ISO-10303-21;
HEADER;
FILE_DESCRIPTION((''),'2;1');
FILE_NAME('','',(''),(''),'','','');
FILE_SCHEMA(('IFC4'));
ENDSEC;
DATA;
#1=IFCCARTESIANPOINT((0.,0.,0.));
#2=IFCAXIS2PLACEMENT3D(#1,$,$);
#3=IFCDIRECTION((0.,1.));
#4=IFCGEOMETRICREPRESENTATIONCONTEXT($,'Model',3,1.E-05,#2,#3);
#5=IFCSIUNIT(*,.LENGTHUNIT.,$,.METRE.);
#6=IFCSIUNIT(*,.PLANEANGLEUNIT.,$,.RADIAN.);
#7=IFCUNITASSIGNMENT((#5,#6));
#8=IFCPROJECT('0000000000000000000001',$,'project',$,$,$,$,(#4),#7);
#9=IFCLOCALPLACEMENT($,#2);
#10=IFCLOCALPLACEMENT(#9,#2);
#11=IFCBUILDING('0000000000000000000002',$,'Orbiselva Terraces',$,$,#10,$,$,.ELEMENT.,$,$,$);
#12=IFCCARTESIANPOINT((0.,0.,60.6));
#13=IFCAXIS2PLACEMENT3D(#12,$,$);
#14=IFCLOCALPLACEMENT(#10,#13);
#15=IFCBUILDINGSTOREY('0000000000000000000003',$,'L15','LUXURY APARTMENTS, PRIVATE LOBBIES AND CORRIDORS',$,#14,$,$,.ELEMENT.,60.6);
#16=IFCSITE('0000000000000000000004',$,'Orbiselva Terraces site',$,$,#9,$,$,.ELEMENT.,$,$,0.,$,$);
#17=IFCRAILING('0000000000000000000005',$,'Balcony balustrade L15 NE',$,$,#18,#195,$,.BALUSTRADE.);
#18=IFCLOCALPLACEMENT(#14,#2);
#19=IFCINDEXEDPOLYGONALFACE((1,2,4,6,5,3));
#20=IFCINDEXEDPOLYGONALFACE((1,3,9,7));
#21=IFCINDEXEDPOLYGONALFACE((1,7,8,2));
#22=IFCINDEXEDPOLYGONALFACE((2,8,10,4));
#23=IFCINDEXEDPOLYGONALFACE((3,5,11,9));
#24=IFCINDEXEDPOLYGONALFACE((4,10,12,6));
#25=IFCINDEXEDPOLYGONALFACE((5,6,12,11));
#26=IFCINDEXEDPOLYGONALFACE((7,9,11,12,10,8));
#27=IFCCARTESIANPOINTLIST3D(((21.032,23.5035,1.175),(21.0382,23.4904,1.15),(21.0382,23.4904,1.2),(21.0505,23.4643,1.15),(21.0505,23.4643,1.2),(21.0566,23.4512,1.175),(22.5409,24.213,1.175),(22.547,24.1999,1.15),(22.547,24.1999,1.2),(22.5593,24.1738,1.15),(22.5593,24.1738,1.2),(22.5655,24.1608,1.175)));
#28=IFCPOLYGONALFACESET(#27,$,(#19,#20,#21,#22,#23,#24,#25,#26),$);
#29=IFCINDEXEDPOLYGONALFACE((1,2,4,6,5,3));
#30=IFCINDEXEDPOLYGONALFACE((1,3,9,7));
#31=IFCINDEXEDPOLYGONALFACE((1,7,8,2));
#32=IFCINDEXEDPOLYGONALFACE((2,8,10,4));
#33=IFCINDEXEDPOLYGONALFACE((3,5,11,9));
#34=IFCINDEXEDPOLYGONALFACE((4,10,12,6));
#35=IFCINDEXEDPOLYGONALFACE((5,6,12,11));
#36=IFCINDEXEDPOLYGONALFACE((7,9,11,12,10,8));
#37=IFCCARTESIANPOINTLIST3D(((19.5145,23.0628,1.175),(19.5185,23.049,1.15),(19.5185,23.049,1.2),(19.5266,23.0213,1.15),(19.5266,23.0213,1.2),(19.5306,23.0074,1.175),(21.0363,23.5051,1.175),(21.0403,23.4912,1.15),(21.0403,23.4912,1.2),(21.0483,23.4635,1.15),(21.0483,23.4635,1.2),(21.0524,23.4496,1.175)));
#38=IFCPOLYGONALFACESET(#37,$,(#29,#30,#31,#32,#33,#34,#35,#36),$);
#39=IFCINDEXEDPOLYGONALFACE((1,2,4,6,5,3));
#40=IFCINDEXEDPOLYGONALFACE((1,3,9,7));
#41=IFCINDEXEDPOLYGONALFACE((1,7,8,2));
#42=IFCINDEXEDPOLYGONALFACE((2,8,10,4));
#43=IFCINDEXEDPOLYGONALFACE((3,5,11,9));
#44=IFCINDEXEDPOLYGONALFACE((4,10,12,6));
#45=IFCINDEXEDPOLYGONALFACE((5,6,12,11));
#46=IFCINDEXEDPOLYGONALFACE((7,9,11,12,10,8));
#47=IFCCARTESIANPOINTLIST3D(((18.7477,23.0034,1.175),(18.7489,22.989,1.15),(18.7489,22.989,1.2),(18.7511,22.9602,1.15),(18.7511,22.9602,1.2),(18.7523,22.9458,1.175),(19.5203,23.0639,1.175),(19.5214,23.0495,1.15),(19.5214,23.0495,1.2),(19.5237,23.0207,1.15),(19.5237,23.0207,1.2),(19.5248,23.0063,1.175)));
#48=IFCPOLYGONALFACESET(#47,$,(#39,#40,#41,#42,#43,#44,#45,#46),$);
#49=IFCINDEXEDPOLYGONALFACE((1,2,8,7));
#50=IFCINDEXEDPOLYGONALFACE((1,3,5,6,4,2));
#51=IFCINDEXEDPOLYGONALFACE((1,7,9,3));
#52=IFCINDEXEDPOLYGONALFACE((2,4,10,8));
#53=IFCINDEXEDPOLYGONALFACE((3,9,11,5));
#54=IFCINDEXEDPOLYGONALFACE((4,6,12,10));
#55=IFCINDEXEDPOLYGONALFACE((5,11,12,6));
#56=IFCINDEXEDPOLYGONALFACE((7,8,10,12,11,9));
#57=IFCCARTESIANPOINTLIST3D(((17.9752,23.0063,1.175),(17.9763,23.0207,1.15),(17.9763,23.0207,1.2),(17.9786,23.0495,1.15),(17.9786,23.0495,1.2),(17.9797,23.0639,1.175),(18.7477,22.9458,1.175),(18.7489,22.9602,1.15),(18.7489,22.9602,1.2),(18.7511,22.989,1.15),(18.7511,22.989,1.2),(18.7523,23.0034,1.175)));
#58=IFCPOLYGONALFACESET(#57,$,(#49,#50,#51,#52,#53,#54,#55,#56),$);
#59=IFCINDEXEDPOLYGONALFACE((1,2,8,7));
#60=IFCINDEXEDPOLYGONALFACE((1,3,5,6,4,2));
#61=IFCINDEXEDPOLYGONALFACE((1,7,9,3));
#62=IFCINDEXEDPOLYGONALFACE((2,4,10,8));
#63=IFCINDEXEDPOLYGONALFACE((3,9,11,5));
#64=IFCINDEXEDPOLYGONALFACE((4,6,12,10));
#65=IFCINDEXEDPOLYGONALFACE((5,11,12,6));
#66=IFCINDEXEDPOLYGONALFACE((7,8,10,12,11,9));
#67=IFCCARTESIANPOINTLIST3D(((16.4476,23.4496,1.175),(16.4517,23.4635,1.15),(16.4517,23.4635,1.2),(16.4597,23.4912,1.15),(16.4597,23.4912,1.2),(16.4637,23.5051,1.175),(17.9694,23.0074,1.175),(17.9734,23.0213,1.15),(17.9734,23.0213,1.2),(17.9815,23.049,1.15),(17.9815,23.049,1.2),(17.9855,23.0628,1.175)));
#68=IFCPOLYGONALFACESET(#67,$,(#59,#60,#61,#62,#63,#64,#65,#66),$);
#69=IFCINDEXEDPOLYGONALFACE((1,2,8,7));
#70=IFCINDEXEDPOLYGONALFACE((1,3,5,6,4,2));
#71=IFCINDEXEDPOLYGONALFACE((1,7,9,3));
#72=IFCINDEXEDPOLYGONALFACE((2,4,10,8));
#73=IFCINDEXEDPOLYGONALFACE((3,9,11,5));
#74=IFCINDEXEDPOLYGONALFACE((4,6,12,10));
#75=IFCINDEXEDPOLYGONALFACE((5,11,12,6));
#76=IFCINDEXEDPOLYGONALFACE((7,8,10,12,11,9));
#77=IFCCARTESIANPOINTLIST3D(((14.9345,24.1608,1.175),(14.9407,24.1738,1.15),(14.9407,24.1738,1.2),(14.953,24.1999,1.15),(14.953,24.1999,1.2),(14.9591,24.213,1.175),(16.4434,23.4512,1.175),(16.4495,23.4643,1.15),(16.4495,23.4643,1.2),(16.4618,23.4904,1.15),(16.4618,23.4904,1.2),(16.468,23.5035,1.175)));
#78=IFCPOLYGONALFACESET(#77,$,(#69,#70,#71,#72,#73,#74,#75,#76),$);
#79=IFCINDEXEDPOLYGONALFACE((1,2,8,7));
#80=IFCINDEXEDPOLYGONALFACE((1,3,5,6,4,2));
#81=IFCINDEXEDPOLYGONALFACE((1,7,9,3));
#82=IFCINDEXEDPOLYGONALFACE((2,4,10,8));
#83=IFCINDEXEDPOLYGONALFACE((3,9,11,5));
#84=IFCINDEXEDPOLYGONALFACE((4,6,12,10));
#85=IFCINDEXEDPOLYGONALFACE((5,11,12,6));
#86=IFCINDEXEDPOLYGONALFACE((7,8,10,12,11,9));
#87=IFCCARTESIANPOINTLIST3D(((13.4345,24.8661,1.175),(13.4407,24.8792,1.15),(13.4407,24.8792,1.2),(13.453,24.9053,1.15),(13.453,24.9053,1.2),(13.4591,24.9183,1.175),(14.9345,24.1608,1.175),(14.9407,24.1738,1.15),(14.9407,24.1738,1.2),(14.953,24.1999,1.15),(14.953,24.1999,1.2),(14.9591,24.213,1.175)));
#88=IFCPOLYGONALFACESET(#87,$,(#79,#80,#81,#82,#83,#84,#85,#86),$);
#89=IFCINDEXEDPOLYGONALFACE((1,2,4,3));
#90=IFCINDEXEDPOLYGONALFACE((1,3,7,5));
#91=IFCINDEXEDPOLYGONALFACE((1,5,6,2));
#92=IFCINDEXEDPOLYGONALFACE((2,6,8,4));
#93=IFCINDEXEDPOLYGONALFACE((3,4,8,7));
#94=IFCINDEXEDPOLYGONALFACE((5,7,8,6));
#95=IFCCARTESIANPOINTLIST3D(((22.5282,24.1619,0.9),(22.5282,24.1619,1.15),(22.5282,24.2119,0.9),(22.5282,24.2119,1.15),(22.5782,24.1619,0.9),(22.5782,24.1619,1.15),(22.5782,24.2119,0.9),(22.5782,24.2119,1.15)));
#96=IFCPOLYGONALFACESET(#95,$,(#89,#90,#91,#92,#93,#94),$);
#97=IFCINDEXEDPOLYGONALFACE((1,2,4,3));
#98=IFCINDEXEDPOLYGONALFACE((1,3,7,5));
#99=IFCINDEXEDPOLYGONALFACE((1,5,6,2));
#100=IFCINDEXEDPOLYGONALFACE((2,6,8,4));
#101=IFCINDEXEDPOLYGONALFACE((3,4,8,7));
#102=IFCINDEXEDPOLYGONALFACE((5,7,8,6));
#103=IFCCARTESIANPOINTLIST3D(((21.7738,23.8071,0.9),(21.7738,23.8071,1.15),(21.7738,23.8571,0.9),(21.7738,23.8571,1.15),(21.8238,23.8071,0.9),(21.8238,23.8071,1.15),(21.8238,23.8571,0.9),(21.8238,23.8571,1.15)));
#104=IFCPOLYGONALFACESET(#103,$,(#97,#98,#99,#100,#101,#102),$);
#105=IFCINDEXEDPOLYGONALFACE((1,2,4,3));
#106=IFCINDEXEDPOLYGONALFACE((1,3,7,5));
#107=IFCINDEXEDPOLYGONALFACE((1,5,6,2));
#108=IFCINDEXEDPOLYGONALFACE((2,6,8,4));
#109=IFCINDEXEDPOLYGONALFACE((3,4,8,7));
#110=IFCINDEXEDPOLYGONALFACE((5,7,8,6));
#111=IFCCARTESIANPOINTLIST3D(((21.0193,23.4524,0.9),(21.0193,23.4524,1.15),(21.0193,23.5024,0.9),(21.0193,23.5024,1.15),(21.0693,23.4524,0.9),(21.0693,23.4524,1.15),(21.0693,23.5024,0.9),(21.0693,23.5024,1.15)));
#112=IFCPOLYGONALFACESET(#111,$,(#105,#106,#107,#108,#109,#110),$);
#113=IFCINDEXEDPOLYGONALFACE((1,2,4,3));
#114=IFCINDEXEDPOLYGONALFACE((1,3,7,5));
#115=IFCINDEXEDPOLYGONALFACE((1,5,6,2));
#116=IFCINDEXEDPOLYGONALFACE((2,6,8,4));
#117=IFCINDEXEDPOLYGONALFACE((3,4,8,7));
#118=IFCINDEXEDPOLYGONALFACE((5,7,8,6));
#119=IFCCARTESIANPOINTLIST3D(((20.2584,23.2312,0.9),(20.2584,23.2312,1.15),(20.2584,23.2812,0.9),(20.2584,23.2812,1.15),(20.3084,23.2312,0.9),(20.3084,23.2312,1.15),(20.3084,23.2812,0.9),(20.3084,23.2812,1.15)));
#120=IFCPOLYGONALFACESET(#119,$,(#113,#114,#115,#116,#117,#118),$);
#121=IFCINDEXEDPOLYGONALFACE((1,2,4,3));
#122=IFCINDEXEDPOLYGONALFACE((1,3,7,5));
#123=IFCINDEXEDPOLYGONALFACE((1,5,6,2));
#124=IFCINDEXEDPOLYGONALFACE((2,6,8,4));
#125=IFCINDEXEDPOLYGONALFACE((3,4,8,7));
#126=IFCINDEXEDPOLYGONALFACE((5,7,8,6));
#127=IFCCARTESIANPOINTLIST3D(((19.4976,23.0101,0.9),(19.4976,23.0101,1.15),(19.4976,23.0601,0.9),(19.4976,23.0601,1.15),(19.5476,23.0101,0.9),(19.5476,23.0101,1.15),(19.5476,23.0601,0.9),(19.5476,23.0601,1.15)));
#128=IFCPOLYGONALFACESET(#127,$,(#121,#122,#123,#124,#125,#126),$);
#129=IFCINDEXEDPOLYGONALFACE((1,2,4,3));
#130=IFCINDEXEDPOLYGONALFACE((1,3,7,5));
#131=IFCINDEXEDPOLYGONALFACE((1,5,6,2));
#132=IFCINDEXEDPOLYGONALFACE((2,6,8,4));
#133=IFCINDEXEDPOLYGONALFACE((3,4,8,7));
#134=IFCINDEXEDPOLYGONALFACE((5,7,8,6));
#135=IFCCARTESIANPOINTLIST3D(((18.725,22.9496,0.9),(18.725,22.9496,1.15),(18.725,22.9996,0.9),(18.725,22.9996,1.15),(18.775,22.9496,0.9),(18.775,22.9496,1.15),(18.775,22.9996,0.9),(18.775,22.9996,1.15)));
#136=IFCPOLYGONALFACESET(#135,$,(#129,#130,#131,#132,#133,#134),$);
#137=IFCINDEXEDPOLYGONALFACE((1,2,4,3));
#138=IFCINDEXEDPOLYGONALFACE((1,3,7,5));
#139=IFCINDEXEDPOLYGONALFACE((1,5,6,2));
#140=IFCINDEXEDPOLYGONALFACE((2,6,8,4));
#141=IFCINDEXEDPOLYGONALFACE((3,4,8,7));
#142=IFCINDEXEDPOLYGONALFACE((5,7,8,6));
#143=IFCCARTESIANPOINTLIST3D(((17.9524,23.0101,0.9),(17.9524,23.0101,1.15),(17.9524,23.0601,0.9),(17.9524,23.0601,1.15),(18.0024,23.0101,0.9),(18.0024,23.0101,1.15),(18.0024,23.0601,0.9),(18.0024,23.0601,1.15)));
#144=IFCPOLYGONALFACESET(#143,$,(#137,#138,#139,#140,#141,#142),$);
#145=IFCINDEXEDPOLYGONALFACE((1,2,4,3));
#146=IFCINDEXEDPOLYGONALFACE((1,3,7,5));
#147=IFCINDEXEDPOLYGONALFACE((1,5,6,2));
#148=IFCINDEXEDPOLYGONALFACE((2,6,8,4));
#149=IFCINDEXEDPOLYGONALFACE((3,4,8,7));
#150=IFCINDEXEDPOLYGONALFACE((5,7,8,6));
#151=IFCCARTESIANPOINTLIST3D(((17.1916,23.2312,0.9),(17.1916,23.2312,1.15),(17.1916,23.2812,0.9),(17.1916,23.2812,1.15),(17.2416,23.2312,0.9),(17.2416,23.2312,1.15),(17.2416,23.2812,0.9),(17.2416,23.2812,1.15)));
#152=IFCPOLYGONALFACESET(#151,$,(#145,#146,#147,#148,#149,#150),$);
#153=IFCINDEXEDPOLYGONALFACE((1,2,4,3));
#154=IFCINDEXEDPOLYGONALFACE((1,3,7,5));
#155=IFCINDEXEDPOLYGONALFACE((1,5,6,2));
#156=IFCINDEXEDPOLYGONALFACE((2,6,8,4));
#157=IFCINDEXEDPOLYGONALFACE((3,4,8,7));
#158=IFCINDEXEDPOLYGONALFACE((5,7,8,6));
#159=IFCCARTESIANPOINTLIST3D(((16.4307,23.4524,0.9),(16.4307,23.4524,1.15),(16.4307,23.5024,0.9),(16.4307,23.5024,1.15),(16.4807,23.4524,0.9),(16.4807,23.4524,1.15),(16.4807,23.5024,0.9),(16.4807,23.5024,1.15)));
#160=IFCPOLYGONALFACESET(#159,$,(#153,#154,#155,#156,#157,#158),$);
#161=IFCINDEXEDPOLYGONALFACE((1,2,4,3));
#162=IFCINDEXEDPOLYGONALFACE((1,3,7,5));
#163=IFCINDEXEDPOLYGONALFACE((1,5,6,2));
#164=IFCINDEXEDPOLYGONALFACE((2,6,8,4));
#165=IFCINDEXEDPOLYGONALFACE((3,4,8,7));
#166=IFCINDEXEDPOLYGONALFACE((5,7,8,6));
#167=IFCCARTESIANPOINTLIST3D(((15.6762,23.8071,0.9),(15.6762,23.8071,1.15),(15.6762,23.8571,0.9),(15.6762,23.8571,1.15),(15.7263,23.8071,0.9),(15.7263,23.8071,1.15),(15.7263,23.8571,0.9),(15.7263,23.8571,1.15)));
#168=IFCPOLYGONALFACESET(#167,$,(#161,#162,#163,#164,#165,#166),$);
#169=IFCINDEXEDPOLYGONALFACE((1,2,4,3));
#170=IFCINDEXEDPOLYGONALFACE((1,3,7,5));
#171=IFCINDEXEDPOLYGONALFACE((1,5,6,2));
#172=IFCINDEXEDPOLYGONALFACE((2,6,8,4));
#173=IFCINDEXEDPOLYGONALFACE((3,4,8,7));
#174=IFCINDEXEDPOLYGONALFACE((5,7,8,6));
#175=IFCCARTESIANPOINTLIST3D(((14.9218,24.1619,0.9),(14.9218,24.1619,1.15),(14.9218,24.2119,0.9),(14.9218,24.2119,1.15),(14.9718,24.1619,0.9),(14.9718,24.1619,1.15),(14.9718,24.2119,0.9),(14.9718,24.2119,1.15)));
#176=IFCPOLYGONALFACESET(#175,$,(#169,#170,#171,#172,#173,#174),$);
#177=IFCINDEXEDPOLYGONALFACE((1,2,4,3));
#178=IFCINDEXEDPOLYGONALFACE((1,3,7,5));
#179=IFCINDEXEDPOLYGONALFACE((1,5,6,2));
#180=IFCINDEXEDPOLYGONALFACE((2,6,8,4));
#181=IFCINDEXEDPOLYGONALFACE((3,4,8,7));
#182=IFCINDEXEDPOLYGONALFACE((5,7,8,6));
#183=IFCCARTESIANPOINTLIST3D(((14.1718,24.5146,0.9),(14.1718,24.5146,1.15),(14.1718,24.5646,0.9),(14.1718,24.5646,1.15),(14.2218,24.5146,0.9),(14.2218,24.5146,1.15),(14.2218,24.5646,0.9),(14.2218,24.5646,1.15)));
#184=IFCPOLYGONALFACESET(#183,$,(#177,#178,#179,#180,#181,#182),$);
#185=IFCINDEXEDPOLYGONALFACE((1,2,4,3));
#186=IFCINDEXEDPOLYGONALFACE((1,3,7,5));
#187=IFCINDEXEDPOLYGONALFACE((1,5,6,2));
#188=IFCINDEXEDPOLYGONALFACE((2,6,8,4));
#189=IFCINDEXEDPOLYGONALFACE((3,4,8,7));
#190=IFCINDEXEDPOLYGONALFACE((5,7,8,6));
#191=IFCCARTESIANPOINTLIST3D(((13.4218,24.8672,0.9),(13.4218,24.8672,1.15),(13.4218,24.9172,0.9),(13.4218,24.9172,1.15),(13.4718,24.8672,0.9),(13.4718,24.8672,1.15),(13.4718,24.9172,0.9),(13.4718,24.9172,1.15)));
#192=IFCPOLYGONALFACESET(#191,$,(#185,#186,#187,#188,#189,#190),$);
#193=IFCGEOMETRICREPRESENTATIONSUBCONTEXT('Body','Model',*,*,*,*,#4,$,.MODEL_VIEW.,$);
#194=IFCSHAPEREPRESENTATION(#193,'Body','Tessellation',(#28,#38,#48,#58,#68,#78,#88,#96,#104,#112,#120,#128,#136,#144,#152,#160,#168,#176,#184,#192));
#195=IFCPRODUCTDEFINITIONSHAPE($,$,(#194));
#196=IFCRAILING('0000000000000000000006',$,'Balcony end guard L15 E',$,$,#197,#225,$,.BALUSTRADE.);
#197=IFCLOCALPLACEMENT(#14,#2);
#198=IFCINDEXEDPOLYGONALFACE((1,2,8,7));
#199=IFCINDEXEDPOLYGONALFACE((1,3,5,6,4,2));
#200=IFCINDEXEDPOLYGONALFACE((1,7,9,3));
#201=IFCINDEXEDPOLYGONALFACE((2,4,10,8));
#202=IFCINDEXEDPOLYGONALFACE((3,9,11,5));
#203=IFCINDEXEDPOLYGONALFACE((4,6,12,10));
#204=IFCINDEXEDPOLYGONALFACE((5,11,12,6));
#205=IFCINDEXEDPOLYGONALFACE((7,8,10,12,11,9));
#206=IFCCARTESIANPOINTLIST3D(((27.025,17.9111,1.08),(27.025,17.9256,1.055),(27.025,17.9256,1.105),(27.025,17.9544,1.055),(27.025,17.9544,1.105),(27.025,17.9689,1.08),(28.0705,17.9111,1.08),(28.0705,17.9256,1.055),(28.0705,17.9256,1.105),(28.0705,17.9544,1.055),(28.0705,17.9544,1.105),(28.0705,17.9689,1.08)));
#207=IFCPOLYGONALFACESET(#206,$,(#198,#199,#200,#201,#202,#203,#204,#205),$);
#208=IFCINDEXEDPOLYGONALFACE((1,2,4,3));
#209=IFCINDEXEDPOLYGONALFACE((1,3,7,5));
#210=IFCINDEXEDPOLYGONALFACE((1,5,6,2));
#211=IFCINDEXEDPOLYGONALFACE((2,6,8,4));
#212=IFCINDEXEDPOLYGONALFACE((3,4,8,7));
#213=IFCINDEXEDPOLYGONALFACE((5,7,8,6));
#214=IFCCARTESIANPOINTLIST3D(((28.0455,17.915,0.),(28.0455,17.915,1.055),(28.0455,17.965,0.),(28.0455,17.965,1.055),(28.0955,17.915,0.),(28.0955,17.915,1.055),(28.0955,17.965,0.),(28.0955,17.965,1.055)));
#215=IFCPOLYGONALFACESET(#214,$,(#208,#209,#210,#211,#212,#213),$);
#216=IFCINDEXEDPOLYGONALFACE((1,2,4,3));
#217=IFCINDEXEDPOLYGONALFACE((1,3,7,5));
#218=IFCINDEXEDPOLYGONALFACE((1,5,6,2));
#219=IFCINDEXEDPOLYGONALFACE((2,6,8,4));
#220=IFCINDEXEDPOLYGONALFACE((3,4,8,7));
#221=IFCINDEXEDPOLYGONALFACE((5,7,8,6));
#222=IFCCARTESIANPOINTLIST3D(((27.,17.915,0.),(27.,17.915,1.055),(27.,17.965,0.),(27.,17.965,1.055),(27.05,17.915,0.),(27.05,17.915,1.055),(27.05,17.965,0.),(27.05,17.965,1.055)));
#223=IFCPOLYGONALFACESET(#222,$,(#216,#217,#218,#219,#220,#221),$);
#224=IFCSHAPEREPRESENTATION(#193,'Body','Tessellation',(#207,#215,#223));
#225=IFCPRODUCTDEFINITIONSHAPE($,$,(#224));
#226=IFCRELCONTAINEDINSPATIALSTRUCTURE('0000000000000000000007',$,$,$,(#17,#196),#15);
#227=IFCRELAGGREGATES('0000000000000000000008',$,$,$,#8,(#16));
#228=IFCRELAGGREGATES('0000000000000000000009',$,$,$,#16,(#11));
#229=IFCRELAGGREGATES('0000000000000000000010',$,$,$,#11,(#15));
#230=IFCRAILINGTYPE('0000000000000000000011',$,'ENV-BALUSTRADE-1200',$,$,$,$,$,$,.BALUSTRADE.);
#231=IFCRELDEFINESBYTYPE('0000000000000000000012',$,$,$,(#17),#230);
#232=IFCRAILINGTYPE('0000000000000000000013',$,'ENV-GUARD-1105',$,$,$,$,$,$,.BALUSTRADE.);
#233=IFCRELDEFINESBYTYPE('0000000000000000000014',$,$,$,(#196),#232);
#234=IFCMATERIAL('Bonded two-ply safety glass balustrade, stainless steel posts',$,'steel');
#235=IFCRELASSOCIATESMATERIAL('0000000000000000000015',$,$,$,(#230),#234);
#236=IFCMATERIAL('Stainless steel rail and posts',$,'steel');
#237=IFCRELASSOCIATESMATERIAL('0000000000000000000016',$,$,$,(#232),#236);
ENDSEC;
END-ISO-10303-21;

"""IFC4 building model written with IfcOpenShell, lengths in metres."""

from ifc_helpers import new_model, si_unit, direction, frame, origin, origin_2d, place, context, subcontext, project, spatial, polyline, rectangle, outline, extrude, material, type_object, element, save


model = new_model("IFC4")

# Units and contexts
model_context = context("Model", 3, precision=1e-05, world=origin(), true_north=direction((0.0, 1.0)))
body_context = subcontext(model_context, "Body", "Model", "MODEL_VIEW")
ifc_project = project(units=[si_unit("LENGTHUNIT", "METRE"), si_unit("PLANEANGLEUNIT", "RADIAN")], contexts=[model_context])

# Site, building, storey
site_placement = place(None, origin())
site = spatial("IfcSite", under=ifc_project, at=site_placement, Name="Orbiselva Terraces site", CompositionType="ELEMENT", RefElevation=0.0)
building_placement = place(site_placement, origin())
building = spatial("IfcBuilding", under=site, at=building_placement, Name="Orbiselva Terraces", CompositionType="ELEMENT")
storey_placement = place(building_placement, frame((0.0, 0.0, 60.6)))
storey = spatial("IfcBuildingStorey", under=building, at=storey_placement, Name="L15", Description="LUXURY APARTMENTS, PRIVATE LOBBIES AND CORRIDORS", CompositionType="ELEMENT", Elevation=60.6)

# Railings
ifc_material_1 = material(Name="Bonded two-ply safety glass balustrade, stainless steel posts", Category="steel")
railing_type_1 = type_object("IfcRailingType", Name="ENV-BALUSTRADE-1200", PredefinedType="BALUSTRADE", material=ifc_material_1)
railing_1_placement = place(storey_placement, frame((22.5532, 24.1869, 0.9)))
element("IfcRailing", 1, at=railing_1_placement, inside=storey, type_object=railing_type_1, Name="Balcony balustrade L15 NE", PredefinedType="BALUSTRADE", context=body_context, shape_type="SweptSolid", body=[
    extrude(outline(polyline([(0.0289, 0.0), (0.0144, 0.025), (-0.0144, 0.025), (-0.0289, 0.0), (-0.0144, -0.025), (0.0144, -0.025), (0.0289, 0.0)])), frame((0.0, 0.0, 0.275), z_axis=(-0.904944, -0.42553, 0.0), x_axis=(0.42553, -0.904944, 0.0)), (0.0, 0.0, 1.0), 1.6674),
    extrude(outline(polyline([(0.0289, 0.0), (0.0144, 0.025), (-0.0144, 0.025), (-0.0289, 0.0), (-0.0144, -0.025), (0.0144, -0.025), (0.0289, 0.0)])), frame((-1.5089, -0.7095, 0.275), z_axis=(-0.96027, -0.279071, 0.0), x_axis=(0.279071, -0.96027, 0.0)), (0.0, 0.0, 1.0), 1.5847),
    extrude(outline(polyline([(0.0289, 0.0), (0.0144, 0.025), (-0.0144, 0.025), (-0.0289, 0.0), (-0.0144, -0.025), (0.0144, -0.025), (0.0289, 0.0)])), frame((-3.0306, -1.1518, 0.275), z_axis=(-0.996948, -0.078071, 0.0), x_axis=(0.078071, -0.996948, 0.0)), (0.0, 0.0, 1.0), 0.7749),
    extrude(outline(polyline([(0.0289, 0.0), (0.0144, 0.025), (-0.0144, 0.025), (-0.0289, 0.0), (-0.0144, -0.025), (0.0144, -0.025), (0.0289, 0.0)])), frame((-3.8032, -1.2123, 0.275), z_axis=(-0.996948, 0.078071, 0.0), x_axis=(-0.078071, -0.996948, 0.0)), (0.0, 0.0, 1.0), 0.7749),
    extrude(outline(polyline([(0.0289, 0.0), (0.0144, 0.025), (-0.0144, 0.025), (-0.0289, 0.0), (-0.0144, -0.025), (0.0144, -0.025), (0.0289, 0.0)])), frame((-4.5757, -1.1518, 0.275), z_axis=(-0.96027, 0.279071, 0.0), x_axis=(-0.279071, -0.96027, 0.0)), (0.0, 0.0, 1.0), 1.5847),
    extrude(outline(polyline([(0.0289, 0.0), (0.0144, 0.025), (-0.0144, 0.025), (-0.0289, 0.0), (-0.0144, -0.025), (0.0144, -0.025), (0.0289, 0.0)])), frame((-6.0975, -0.7095, 0.275), z_axis=(-0.904944, 0.42553, 0.0), x_axis=(-0.42553, -0.904944, 0.0)), (0.0, 0.0, 1.0), 1.6674),
    extrude(outline(polyline([(0.0289, 0.0), (0.0144, 0.025), (-0.0144, 0.025), (-0.0289, 0.0), (-0.0144, -0.025), (0.0144, -0.025), (0.0289, 0.0)])), frame((-7.6064, 0.0, 0.275), z_axis=(-0.904944, 0.42553, 0.0), x_axis=(-0.42553, -0.904944, 0.0)), (0.0, 0.0, 1.0), 1.6576),
    extrude(rectangle(XDim=0.05, YDim=0.05, at=origin_2d()), origin(), (0.0, 0.0, 1.0), 0.25),
    extrude(rectangle(XDim=0.05, YDim=0.05, at=origin_2d()), frame((-0.7544, -0.3548, 0.0)), (0.0, 0.0, 1.0), 0.25),
    extrude(rectangle(XDim=0.05, YDim=0.05, at=origin_2d()), frame((-1.5089, -0.7095, 0.0)), (0.0, 0.0, 1.0), 0.25),
    extrude(rectangle(XDim=0.05, YDim=0.05, at=origin_2d()), frame((-2.2698, -0.9306, 0.0)), (0.0, 0.0, 1.0), 0.25),
    extrude(rectangle(XDim=0.05, YDim=0.05, at=origin_2d()), frame((-3.0306, -1.1518, 0.0)), (0.0, 0.0, 1.0), 0.25),
    extrude(rectangle(XDim=0.05, YDim=0.05, at=origin_2d()), frame((-3.8032, -1.2123, 0.0)), (0.0, 0.0, 1.0), 0.25),
    extrude(rectangle(XDim=0.05, YDim=0.05, at=origin_2d()), frame((-4.5757, -1.1518, 0.0)), (0.0, 0.0, 1.0), 0.25),
    extrude(rectangle(XDim=0.05, YDim=0.05, at=origin_2d()), frame((-5.3366, -0.9306, 0.0)), (0.0, 0.0, 1.0), 0.25),
    extrude(rectangle(XDim=0.05, YDim=0.05, at=origin_2d()), frame((-6.0975, -0.7095, 0.0)), (0.0, 0.0, 1.0), 0.25),
    extrude(rectangle(XDim=0.05, YDim=0.05, at=origin_2d()), frame((-6.8519, -0.3548, 0.0)), (0.0, 0.0, 1.0), 0.25),
    extrude(rectangle(XDim=0.05, YDim=0.05, at=origin_2d()), frame((-7.6064, 0.0, 0.0)), (0.0, 0.0, 1.0), 0.25),
    extrude(rectangle(XDim=0.05, YDim=0.05, at=origin_2d()), frame((-8.3564, 0.3527, 0.0)), (0.0, 0.0, 1.0), 0.25),
    extrude(rectangle(XDim=0.05, YDim=0.05, at=origin_2d()), frame((-9.1064, 0.7053, 0.0)), (0.0, 0.0, 1.0), 0.25),
])
ifc_material_2 = material(Name="Stainless steel rail and posts", Category="steel")
railing_type_2 = type_object("IfcRailingType", Name="ENV-GUARD-1105", PredefinedType="BALUSTRADE", material=ifc_material_2)
railing_2_placement = place(storey_placement, frame((28.0705, 17.94, 0.0)))
element("IfcRailing", 2, at=railing_2_placement, inside=storey, type_object=railing_type_2, Name="Balcony end guard L15 E", PredefinedType="BALUSTRADE", context=body_context, shape_type="SweptSolid", body=[
    extrude(outline(polyline([(0.0289, 0.0), (0.0144, 0.025), (-0.0144, 0.025), (-0.0289, 0.0), (-0.0144, -0.025), (0.0144, -0.025), (0.0289, 0.0)])), frame((0.0, 0.0, 1.08), z_axis=(-1.0, 0.0, 0.0), x_axis=(0.0, -1.0, 0.0)), (0.0, 0.0, 1.0), 1.0455),
    extrude(rectangle(XDim=0.05, YDim=0.05, at=origin_2d()), origin(), (0.0, 0.0, 1.0), 1.055),
    extrude(rectangle(XDim=0.05, YDim=0.05, at=origin_2d()), frame((-1.0455, 0.0, 0.0)), (0.0, 0.0, 1.0), 1.055),
])

save(model, "model.ifc")
